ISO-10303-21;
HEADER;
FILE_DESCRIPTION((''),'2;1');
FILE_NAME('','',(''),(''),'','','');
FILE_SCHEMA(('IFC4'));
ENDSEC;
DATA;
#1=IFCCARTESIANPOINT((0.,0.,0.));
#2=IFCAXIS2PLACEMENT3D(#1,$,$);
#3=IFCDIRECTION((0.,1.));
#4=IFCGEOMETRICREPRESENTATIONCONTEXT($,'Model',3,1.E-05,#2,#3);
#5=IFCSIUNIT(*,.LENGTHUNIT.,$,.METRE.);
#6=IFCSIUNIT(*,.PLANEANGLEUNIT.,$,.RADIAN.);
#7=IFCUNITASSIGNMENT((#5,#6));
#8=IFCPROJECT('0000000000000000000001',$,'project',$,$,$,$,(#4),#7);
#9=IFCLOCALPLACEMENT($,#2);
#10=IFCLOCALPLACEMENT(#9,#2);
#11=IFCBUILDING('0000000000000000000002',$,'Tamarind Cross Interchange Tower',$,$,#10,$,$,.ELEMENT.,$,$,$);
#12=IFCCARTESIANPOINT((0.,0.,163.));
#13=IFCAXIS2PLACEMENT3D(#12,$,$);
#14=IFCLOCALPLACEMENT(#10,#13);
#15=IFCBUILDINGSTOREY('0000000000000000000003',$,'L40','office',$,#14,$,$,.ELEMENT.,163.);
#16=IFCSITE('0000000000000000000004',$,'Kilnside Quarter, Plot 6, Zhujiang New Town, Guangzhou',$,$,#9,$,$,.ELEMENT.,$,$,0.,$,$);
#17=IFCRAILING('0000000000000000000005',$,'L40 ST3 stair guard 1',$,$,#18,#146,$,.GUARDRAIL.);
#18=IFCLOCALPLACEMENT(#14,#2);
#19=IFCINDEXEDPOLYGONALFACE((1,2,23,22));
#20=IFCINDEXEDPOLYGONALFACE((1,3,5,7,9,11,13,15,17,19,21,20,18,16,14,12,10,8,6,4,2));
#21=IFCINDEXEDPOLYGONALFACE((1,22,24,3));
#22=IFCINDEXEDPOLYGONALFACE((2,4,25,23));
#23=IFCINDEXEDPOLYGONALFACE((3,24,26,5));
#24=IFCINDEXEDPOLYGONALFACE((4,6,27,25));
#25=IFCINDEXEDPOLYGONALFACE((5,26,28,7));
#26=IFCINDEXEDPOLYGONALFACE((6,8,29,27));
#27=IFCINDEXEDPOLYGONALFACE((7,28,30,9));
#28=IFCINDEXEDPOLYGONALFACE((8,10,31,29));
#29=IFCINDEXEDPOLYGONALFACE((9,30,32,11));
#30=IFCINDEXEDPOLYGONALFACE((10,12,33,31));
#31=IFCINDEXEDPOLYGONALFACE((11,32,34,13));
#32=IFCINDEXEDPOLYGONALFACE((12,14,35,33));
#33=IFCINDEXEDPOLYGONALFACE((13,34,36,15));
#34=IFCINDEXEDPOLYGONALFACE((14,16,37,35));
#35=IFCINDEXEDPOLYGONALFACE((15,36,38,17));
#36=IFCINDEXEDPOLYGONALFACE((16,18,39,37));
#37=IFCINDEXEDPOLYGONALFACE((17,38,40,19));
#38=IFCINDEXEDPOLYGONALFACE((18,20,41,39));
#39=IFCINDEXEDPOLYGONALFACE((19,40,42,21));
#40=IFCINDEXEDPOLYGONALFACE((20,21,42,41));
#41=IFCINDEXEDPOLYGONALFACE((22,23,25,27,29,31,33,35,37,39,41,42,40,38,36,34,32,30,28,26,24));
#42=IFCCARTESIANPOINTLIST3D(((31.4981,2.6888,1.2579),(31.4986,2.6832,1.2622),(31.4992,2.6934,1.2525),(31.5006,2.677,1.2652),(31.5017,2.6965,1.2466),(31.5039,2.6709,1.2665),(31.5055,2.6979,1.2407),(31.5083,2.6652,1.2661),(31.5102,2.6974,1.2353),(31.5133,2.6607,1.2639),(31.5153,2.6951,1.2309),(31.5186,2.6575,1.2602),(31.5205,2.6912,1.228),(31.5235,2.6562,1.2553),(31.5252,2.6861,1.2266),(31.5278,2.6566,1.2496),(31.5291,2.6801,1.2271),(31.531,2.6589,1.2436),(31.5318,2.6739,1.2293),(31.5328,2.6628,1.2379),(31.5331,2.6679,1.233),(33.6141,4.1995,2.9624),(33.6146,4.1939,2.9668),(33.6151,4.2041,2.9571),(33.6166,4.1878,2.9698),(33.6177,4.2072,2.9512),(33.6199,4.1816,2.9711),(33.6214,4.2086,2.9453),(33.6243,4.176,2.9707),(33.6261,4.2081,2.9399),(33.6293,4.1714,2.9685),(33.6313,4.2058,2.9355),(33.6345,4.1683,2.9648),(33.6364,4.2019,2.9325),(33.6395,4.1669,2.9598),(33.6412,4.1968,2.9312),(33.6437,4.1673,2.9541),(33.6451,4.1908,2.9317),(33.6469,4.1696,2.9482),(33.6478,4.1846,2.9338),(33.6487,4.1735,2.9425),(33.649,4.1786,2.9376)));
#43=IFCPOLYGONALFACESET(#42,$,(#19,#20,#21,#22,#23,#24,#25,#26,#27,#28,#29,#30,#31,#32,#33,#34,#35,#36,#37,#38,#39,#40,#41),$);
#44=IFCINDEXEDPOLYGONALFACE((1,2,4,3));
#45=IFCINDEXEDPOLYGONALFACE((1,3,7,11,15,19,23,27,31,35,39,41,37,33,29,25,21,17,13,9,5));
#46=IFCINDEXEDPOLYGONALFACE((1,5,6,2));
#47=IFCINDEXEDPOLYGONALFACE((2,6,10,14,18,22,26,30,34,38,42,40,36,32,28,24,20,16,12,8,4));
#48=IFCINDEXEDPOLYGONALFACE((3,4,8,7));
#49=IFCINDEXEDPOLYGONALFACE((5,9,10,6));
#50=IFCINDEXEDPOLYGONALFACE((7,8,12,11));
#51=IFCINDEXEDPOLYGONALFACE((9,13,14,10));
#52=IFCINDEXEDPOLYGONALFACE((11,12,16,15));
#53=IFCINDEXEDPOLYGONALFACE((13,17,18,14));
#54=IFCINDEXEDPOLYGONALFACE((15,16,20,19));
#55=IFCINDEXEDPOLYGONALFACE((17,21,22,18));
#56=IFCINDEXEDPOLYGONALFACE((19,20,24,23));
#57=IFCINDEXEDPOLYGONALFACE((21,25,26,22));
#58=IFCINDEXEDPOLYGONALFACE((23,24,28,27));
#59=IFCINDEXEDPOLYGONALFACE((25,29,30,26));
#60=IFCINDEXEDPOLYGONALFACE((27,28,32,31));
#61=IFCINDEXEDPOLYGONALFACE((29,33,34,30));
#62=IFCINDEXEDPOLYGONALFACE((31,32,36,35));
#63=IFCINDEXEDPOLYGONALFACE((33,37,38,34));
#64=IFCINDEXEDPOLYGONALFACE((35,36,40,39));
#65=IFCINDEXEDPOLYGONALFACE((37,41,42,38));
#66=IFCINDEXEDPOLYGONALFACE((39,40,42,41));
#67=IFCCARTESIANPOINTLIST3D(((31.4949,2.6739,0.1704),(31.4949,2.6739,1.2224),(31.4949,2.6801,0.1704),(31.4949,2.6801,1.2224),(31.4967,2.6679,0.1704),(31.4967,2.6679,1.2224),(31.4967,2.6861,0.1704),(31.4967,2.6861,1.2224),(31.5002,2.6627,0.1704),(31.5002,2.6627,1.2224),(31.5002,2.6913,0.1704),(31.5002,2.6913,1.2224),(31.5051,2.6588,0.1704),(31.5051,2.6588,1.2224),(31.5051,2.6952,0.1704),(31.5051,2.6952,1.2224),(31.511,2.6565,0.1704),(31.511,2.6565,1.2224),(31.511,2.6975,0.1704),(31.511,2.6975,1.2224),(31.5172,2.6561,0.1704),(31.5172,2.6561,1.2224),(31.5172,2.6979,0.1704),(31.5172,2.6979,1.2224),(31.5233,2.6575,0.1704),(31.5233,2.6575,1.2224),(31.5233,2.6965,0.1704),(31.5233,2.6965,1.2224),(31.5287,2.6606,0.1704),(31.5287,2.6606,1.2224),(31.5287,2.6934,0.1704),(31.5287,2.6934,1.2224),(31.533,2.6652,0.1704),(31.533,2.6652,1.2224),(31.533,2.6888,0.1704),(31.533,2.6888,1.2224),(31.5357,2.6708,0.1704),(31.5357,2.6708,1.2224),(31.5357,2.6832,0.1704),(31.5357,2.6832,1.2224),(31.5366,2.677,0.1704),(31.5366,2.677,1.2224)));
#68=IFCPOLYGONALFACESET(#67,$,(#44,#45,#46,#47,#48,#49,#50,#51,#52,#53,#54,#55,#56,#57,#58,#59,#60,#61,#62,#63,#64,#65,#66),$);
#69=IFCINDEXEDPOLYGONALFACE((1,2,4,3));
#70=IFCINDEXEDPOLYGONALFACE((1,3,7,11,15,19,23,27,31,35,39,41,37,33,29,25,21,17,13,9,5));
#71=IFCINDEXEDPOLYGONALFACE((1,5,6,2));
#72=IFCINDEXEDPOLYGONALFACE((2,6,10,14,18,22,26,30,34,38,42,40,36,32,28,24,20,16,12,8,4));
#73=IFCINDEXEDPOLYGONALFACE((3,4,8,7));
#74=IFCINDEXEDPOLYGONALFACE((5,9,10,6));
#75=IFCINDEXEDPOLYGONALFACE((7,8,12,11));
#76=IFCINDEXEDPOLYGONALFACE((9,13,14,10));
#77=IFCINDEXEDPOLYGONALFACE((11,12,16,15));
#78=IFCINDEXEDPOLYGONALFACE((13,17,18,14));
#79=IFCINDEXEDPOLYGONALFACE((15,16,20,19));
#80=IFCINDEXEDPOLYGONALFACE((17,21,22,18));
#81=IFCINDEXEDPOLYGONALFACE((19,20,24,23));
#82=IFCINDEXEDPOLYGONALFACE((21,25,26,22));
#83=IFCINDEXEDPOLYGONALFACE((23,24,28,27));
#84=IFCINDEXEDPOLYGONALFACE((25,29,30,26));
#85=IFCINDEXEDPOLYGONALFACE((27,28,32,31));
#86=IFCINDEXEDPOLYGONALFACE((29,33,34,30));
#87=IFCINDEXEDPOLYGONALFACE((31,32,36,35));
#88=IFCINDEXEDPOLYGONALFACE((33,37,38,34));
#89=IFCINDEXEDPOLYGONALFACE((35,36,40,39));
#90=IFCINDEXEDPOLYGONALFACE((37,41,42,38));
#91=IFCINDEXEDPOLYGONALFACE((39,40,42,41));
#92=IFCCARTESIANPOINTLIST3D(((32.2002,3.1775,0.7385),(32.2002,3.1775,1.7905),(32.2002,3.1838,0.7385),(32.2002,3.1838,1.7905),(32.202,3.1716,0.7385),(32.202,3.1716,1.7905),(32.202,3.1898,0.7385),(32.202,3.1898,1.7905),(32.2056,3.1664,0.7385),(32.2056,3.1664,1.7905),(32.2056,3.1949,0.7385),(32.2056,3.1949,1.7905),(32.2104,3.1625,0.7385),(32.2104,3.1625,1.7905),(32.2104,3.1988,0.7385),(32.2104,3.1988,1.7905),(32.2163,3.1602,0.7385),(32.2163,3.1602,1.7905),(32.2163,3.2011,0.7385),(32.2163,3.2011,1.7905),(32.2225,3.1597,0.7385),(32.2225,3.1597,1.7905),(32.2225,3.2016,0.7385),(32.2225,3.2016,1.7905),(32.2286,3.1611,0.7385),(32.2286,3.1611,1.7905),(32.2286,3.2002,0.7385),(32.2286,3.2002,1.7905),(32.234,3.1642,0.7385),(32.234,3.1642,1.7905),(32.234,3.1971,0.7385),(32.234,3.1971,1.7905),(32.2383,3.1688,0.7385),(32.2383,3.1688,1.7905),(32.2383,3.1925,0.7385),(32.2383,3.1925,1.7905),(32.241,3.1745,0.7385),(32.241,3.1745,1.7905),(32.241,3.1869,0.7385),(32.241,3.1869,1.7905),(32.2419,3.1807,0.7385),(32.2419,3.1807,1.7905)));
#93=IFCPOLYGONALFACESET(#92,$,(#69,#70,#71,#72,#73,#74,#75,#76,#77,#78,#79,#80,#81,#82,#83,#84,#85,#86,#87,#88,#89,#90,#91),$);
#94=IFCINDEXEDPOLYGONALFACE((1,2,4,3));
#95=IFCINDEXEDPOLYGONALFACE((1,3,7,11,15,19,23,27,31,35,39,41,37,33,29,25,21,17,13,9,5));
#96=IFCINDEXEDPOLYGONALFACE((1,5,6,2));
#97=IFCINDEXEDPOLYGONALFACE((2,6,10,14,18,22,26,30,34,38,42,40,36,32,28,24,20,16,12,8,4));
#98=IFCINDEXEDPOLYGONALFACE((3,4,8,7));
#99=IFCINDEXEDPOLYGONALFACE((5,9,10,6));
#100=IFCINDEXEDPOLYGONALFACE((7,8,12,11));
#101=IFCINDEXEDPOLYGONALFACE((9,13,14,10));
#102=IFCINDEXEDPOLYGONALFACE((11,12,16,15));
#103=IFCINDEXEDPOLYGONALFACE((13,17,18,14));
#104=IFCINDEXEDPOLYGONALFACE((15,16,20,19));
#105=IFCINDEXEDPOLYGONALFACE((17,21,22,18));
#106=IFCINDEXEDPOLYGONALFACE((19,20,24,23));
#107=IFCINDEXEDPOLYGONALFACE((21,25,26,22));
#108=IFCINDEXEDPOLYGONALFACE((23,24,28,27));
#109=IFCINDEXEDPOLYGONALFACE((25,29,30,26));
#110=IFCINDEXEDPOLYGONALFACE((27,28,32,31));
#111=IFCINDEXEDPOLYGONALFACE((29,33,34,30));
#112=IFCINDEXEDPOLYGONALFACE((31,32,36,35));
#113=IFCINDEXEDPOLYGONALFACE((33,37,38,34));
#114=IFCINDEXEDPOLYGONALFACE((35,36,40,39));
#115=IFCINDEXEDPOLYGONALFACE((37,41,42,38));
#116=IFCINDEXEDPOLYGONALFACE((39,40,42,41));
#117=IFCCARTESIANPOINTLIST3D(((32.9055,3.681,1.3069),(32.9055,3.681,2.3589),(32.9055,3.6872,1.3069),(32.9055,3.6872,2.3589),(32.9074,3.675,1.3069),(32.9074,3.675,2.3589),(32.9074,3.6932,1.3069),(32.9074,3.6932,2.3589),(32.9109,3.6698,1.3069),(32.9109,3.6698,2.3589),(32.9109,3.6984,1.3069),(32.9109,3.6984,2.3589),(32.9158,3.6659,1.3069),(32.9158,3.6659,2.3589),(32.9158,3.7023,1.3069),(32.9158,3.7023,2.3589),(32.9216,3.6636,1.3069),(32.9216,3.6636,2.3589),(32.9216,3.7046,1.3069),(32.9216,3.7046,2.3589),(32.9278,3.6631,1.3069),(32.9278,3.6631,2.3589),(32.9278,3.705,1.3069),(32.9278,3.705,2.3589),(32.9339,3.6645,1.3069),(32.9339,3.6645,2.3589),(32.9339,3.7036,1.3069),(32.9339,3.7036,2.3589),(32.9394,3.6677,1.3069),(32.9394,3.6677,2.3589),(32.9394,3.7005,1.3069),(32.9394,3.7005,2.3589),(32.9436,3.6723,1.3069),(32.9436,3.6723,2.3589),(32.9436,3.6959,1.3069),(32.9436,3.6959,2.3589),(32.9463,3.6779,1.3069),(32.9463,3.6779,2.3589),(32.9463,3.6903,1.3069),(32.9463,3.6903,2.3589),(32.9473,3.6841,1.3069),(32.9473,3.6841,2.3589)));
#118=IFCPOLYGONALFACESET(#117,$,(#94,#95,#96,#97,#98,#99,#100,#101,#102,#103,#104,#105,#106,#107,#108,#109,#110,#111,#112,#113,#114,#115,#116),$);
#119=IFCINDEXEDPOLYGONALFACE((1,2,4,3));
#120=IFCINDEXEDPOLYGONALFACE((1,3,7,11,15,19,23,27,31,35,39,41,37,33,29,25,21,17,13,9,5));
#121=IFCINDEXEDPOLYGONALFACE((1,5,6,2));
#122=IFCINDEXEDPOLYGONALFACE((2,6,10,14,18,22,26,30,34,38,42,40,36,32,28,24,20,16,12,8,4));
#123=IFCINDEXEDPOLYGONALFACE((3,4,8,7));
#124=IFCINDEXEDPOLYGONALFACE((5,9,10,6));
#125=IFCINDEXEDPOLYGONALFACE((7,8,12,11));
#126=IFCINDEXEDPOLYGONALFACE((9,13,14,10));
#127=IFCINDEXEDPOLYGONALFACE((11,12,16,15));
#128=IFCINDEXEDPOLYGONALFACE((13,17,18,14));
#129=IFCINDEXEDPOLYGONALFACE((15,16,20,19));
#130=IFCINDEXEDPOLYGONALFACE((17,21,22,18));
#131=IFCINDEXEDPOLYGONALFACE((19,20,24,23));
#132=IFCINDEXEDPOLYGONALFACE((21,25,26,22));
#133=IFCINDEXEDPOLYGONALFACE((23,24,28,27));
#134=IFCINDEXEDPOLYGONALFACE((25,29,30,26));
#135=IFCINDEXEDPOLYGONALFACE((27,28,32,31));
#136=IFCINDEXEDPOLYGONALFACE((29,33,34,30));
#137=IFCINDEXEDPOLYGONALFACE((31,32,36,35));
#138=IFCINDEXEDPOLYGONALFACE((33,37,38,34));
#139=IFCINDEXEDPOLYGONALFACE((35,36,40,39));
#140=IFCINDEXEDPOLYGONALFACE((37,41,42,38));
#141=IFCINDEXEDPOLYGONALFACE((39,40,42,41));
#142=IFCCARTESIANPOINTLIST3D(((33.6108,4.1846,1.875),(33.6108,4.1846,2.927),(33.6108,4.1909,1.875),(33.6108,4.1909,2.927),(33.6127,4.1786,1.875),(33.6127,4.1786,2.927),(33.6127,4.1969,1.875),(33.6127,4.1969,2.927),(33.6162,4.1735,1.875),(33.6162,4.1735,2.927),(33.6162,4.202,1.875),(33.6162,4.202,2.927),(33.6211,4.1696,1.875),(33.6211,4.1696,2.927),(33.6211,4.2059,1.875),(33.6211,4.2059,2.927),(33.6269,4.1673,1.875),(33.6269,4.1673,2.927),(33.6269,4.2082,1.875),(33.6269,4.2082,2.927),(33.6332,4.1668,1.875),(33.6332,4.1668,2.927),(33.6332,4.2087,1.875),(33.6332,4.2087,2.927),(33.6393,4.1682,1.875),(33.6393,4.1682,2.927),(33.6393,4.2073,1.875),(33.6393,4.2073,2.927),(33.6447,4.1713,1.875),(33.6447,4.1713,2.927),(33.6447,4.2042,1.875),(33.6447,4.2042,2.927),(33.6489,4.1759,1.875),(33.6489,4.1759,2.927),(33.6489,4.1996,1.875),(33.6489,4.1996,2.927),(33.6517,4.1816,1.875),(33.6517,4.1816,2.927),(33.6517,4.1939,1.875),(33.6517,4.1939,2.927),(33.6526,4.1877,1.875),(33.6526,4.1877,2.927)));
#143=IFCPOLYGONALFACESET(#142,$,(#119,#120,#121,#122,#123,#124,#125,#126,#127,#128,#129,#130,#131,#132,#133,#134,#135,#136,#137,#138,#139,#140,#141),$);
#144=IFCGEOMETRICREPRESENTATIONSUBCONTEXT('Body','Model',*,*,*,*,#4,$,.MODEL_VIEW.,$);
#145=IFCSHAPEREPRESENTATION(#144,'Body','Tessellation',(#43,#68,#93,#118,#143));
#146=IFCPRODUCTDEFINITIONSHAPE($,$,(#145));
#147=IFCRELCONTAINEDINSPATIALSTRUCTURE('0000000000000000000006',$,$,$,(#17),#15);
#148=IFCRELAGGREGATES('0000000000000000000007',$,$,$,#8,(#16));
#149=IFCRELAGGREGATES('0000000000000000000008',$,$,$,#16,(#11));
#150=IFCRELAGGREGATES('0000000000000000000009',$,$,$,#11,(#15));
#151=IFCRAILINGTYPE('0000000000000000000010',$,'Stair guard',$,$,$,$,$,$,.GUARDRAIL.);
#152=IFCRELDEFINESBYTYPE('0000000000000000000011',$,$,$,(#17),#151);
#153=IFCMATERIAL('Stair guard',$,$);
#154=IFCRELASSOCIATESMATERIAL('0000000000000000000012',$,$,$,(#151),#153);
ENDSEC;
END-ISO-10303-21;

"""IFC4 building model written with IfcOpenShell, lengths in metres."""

from ifc_helpers import new_model, si_unit, direction, frame, origin, origin_2d, place, context, subcontext, project, spatial, circle, extrude, material, type_object, element, save


model = new_model("IFC4")

# Units and contexts
model_context = context("Model", 3, precision=1e-05, world=origin(), true_north=direction((0.0, 1.0)))
body_context = subcontext(model_context, "Body", "Model", "MODEL_VIEW")
ifc_project = project(units=[si_unit("LENGTHUNIT", "METRE"), si_unit("PLANEANGLEUNIT", "RADIAN")], contexts=[model_context])

# Site, building, storey
site_placement = place(None, origin())
site = spatial("IfcSite", under=ifc_project, at=site_placement, Name="Kilnside Quarter, Plot 6, Zhujiang New Town, Guangzhou", CompositionType="ELEMENT", RefElevation=0.0)
building_placement = place(site_placement, origin())
building = spatial("IfcBuilding", under=site, at=building_placement, Name="Tamarind Cross Interchange Tower", CompositionType="ELEMENT")
storey_placement = place(building_placement, frame((0.0, 0.0, 163.0)))
storey = spatial("IfcBuildingStorey", under=building, at=storey_placement, Name="L40", Description="office", CompositionType="ELEMENT", Elevation=163.0)

# Railing
ifc_material_1 = material(Name="Stair guard")
railing_type = type_object("IfcRailingType", Name="Stair guard", PredefinedType="GUARDRAIL", material=ifc_material_1)
railing_1_placement = place(storey_placement, frame((31.5156, 2.677, 0.1704)))
element("IfcRailing", 1, at=railing_1_placement, inside=storey, type_object=railing_type, Name="L40 ST3 stair guard 1", PredefinedType="GUARDRAIL", context=body_context, shape_type="SweptSolid", body=[
    extrude(circle(Radius=0.0239, at=origin_2d()), frame((0.0, 0.0, 1.0762), z_axis=(0.680615, 0.48594, 0.548293), x_axis=(-0.581069, 0.813854, 0.0)), (0.0, 0.0, 1.0), 3.1089),
    extrude(circle(Radius=0.021, at=origin_2d()), origin(), (0.0, 0.0, 1.0), 1.052),
    extrude(circle(Radius=0.021, at=origin_2d()), frame((0.7053, 0.5037, 0.5681)), (0.0, 0.0, 1.0), 1.052),
    extrude(circle(Radius=0.021, at=origin_2d()), frame((1.4106, 1.0071, 1.1365)), (0.0, 0.0, 1.0), 1.052),
    extrude(circle(Radius=0.021, at=origin_2d()), frame((2.116, 1.5107, 1.7046)), (0.0, 0.0, 1.0), 1.052),
])

save(model, "model.ifc")
